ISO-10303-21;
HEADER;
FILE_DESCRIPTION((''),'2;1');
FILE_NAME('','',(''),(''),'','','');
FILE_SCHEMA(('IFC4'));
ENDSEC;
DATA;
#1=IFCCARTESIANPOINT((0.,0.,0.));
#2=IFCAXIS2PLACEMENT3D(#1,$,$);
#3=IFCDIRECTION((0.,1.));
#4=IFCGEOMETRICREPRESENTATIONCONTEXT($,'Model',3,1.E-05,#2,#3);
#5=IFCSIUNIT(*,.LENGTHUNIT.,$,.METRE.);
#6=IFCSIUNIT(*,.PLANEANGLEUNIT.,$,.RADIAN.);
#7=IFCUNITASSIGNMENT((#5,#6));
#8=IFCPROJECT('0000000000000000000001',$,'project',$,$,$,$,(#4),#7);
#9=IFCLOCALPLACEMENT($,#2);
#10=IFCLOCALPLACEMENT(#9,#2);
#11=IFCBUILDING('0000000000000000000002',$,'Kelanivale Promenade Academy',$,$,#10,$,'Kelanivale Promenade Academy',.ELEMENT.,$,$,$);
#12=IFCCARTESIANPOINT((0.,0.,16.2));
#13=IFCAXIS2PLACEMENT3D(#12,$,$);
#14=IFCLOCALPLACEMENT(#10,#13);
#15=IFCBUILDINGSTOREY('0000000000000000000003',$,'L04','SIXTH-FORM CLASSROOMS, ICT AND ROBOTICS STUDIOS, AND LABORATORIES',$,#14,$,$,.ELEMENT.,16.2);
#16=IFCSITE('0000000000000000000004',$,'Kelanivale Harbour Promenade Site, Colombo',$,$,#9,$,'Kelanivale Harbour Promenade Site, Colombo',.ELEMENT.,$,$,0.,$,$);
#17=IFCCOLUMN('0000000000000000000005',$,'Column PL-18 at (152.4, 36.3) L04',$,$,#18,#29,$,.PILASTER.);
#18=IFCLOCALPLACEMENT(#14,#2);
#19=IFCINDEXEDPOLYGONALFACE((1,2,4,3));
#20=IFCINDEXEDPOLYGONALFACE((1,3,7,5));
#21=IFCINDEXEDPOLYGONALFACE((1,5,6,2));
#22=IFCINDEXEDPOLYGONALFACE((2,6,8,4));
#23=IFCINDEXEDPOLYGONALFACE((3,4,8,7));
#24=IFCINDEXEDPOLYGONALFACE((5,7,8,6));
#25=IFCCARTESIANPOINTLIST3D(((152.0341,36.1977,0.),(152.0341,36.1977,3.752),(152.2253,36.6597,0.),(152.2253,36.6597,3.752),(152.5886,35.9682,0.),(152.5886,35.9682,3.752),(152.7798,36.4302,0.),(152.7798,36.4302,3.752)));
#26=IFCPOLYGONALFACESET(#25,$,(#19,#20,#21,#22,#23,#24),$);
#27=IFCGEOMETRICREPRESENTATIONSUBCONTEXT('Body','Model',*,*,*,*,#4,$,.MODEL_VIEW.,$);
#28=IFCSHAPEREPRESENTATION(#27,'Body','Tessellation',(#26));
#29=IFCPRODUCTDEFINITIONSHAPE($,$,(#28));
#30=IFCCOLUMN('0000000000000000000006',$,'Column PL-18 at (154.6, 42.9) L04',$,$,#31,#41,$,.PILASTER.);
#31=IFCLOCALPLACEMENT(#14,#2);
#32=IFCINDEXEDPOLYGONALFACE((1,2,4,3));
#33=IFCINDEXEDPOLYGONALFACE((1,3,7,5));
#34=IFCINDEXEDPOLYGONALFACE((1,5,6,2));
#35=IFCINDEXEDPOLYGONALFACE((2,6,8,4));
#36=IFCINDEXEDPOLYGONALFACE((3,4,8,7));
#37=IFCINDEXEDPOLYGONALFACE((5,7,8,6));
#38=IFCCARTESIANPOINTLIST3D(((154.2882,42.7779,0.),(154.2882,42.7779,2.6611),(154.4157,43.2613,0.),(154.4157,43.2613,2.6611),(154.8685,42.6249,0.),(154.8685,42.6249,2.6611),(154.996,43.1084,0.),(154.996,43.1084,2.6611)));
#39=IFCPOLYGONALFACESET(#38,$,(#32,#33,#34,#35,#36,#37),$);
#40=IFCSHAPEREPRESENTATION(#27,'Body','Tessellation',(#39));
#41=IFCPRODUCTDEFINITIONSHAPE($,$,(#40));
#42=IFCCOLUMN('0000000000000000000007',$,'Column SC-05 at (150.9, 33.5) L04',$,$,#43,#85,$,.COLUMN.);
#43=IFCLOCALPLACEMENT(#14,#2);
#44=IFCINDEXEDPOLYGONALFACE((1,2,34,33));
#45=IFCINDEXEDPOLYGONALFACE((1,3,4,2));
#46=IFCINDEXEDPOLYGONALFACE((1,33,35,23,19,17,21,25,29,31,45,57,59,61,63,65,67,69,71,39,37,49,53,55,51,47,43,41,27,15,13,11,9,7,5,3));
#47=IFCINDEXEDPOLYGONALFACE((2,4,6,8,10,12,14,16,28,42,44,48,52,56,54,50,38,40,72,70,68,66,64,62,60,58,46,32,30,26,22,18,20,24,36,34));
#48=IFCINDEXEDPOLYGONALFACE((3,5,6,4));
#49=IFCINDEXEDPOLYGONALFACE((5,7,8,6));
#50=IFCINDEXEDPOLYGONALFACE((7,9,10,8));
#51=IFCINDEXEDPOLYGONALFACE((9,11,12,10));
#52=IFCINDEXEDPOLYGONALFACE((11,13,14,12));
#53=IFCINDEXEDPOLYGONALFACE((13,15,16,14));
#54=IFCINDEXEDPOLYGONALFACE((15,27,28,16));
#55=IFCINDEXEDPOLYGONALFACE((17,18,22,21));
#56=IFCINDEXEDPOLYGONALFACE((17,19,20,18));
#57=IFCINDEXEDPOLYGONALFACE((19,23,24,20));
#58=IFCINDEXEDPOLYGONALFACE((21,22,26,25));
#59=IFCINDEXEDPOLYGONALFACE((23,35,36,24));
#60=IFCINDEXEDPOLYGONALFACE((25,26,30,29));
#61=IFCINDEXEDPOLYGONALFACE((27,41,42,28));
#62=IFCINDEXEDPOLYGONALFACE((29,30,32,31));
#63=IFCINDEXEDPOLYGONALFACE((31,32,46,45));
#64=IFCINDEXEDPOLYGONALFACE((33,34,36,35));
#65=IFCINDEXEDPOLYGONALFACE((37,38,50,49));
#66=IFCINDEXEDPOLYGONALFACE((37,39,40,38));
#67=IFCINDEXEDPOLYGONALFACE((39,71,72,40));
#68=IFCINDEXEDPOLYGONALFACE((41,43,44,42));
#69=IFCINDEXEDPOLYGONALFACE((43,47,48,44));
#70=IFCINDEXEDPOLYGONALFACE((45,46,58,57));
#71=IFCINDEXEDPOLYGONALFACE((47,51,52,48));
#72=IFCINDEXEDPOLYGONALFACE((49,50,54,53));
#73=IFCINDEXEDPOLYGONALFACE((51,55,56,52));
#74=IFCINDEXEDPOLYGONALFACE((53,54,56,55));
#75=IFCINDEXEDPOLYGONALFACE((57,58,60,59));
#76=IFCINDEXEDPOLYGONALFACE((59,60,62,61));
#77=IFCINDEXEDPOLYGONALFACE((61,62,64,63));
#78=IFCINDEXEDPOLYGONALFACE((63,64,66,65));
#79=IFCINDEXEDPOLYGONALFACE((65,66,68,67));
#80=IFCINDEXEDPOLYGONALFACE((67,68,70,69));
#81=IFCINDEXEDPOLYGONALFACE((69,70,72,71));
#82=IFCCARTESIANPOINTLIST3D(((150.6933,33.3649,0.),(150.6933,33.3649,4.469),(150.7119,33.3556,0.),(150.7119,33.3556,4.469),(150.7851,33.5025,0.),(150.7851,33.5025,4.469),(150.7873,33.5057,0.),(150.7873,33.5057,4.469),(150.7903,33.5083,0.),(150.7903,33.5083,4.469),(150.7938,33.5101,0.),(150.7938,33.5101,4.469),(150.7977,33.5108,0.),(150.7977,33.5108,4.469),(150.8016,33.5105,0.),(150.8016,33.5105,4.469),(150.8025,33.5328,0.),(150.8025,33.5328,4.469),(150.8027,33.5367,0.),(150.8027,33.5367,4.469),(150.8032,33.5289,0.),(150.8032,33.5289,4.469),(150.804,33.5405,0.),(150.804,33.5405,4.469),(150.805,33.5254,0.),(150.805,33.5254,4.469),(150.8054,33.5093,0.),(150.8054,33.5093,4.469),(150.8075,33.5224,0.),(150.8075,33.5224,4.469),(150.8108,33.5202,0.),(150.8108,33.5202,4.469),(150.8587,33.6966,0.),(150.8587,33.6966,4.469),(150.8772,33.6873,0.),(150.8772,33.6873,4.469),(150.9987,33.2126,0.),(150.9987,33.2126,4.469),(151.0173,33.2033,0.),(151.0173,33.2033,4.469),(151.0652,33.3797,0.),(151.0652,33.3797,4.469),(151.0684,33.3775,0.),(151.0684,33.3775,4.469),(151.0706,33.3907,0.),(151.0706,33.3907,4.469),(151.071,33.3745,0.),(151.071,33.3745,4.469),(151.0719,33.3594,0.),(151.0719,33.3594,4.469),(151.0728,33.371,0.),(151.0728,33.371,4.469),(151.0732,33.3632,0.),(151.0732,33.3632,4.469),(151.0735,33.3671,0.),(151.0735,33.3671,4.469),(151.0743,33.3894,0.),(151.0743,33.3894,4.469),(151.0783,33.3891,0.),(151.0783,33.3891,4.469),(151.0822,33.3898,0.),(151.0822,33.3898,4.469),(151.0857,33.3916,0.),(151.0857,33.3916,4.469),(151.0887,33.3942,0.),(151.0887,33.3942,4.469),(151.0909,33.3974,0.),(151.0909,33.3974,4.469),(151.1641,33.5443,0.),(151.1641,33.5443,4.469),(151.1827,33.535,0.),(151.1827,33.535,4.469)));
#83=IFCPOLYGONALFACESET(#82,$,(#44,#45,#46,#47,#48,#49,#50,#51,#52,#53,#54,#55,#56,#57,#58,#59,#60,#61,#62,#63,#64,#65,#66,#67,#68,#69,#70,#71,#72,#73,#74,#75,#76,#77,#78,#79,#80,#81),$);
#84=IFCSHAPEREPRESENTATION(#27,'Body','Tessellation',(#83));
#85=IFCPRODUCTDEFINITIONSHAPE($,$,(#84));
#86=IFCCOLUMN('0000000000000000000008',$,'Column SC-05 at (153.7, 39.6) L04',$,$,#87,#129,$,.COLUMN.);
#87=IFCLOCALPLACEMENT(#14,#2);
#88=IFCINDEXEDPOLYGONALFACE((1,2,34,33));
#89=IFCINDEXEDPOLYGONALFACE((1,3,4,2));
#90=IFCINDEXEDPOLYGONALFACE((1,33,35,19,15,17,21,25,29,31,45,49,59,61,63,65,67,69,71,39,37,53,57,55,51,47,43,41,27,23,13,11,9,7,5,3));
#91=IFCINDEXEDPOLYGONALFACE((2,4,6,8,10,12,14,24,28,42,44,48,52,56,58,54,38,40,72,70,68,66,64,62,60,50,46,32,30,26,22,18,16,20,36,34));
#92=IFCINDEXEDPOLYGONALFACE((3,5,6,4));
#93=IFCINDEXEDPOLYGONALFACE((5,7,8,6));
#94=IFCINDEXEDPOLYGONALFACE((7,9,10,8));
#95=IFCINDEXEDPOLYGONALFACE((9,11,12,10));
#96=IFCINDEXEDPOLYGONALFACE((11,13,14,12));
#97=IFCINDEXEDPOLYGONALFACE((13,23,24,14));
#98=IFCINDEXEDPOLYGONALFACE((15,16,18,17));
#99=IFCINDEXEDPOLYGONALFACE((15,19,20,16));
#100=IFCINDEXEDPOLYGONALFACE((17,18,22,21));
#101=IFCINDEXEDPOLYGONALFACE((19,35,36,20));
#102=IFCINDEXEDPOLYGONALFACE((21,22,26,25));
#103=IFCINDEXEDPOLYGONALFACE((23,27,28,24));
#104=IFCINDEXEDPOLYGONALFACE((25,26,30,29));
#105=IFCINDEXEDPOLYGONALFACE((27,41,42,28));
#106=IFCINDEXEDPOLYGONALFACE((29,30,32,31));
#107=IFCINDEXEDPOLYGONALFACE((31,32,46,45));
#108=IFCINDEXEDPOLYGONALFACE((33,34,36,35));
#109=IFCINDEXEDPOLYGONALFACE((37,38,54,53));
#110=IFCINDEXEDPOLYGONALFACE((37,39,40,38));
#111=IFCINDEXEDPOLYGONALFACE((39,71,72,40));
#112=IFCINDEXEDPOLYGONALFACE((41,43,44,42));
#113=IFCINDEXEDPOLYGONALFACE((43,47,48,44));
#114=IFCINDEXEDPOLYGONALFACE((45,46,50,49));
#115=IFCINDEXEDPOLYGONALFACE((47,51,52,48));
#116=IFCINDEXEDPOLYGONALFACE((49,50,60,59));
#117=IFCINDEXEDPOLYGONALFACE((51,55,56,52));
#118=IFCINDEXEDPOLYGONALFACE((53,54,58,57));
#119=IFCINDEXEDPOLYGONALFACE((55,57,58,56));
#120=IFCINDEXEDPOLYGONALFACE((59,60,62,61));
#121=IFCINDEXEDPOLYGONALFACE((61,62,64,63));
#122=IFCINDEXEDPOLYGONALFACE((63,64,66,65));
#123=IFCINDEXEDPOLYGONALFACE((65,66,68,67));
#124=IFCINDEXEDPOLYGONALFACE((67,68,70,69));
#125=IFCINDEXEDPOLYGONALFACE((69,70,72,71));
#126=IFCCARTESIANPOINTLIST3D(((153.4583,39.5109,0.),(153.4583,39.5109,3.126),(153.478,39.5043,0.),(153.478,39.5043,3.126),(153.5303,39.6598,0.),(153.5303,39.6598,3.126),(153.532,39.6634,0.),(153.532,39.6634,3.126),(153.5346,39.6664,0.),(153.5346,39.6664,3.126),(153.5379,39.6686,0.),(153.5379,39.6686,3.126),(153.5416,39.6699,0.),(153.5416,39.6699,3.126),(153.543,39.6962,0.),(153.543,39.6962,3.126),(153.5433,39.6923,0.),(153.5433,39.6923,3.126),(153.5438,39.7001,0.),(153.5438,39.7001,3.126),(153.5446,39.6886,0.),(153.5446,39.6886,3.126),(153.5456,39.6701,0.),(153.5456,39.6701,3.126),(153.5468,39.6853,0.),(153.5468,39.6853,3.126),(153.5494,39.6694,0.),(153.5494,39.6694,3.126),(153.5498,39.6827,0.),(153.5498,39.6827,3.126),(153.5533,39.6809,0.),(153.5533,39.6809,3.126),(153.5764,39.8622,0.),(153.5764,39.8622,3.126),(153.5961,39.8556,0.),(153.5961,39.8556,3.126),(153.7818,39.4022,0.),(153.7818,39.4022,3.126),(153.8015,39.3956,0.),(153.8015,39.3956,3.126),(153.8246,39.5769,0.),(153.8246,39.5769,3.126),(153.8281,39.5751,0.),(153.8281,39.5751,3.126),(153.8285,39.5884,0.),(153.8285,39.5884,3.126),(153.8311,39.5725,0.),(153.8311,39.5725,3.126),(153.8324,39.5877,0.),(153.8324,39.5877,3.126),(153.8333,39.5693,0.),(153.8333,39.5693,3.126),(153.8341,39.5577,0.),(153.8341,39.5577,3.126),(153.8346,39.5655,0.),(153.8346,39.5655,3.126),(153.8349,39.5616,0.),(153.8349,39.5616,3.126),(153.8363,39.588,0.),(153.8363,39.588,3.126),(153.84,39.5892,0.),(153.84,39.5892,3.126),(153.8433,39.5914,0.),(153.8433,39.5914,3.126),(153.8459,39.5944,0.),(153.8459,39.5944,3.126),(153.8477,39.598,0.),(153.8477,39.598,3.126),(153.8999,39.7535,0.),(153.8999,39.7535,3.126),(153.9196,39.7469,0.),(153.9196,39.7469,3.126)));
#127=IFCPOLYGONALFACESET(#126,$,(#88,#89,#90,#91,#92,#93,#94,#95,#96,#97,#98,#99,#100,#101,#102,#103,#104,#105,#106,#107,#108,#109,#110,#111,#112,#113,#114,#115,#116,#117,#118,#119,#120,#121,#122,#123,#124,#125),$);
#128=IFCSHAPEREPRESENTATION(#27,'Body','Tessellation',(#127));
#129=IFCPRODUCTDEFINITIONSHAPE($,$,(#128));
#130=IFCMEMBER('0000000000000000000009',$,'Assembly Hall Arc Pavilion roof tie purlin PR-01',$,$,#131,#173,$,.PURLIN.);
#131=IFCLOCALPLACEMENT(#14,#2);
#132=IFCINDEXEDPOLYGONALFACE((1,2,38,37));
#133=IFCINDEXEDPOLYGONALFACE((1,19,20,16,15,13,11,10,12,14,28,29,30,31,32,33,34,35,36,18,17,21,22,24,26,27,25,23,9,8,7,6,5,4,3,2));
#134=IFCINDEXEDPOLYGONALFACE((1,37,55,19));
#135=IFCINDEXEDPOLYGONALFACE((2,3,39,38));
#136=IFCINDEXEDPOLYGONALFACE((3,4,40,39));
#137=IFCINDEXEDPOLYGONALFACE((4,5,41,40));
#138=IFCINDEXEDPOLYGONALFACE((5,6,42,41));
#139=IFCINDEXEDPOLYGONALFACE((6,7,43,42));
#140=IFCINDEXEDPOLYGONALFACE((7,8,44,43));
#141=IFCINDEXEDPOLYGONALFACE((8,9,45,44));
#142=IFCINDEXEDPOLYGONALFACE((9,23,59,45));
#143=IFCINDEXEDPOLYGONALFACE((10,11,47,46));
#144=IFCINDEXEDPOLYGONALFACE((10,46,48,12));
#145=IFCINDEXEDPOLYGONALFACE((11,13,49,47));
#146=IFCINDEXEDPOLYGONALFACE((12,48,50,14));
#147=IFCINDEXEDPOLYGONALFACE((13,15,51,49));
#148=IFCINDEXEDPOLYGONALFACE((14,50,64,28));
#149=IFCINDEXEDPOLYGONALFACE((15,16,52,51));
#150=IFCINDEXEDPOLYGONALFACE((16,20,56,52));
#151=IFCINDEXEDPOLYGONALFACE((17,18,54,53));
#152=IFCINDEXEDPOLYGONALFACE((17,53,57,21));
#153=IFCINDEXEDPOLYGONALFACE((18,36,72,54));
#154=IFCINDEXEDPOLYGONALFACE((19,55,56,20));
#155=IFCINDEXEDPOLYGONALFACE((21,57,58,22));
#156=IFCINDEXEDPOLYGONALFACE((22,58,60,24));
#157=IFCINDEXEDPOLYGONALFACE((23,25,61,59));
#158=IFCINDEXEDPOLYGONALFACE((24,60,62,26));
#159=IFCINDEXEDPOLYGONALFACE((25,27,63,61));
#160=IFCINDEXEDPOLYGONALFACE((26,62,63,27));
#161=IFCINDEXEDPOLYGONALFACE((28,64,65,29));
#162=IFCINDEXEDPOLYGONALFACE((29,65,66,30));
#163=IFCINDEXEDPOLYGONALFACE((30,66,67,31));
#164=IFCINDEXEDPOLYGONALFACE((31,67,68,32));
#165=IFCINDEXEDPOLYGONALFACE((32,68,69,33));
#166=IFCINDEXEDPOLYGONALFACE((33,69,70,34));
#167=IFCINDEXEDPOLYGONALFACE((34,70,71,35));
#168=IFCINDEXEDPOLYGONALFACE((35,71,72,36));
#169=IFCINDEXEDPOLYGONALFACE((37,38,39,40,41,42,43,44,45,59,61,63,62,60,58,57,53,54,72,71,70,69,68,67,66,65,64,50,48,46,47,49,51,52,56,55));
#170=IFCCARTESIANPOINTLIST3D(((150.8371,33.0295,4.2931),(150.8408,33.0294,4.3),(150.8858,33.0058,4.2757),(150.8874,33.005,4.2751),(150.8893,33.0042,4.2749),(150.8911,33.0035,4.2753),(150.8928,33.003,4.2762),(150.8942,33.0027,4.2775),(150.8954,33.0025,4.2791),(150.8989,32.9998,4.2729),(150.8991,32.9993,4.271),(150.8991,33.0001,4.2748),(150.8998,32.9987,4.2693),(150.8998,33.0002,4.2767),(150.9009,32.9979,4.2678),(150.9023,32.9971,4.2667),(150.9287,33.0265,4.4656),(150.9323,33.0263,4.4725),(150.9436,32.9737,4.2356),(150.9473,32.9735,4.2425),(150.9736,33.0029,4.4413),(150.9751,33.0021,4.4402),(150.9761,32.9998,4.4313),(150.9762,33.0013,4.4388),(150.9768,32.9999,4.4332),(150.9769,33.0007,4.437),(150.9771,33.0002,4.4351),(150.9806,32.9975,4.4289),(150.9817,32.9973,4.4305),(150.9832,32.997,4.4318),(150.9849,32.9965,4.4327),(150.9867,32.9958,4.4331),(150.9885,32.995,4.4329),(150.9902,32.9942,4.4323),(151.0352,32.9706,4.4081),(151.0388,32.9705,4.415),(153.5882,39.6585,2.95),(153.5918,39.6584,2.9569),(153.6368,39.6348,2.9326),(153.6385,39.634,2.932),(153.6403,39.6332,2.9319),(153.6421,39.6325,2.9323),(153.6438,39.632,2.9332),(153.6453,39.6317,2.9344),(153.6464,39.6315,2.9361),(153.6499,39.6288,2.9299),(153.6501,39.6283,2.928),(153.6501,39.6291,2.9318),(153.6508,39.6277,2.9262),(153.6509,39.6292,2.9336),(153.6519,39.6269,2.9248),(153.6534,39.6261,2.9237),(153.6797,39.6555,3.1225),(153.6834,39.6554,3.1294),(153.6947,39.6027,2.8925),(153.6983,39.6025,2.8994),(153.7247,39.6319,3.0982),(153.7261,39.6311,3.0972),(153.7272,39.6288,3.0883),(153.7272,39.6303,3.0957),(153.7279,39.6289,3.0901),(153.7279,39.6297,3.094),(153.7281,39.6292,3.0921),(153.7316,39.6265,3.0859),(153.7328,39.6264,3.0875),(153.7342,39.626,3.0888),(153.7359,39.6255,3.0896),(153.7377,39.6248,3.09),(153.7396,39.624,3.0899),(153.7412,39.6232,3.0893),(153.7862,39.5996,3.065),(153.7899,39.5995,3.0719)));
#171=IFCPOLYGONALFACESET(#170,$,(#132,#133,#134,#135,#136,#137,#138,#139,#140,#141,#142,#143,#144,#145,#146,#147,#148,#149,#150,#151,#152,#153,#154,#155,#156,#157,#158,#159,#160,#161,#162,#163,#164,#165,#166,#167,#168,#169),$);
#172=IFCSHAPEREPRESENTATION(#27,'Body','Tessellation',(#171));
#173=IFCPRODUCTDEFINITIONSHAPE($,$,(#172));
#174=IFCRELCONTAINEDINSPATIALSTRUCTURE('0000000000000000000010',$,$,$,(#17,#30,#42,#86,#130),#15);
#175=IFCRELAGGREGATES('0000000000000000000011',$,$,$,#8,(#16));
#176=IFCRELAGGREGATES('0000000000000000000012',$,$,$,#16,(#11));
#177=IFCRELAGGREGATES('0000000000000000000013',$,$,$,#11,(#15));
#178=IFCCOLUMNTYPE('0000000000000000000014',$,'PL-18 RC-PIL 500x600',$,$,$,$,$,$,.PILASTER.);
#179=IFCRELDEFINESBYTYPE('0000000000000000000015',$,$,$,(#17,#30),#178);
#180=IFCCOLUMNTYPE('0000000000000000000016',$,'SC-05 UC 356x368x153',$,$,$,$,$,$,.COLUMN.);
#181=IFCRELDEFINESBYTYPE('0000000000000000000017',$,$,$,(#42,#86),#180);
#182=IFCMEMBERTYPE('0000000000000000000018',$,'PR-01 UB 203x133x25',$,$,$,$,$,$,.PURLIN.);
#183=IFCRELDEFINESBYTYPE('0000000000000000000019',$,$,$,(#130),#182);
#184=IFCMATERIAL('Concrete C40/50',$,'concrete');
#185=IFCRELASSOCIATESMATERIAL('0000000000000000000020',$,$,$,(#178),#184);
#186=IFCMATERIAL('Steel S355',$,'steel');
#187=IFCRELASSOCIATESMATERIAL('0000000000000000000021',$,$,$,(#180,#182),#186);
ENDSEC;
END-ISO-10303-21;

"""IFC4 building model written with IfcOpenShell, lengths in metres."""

from ifc_helpers import new_model, si_unit, direction, frame, origin, origin_2d, place, context, subcontext, project, spatial, rectangle, i_section, extrude, material, material_profile, profile_set, type_object, element, save


model = new_model("IFC4")

# Units and contexts
model_context = context("Model", 3, precision=1e-05, world=origin(), true_north=direction((0.0, 1.0)))
body_context = subcontext(model_context, "Body", "Model", "MODEL_VIEW")
ifc_project = project(units=[si_unit("LENGTHUNIT", "METRE"), si_unit("PLANEANGLEUNIT", "RADIAN")], contexts=[model_context])

# Site, building, storey
site_placement = place(None, origin())
site = spatial("IfcSite", under=ifc_project, at=site_placement, Name="Kelanivale Harbour Promenade Site, Colombo", LongName="Kelanivale Harbour Promenade Site, Colombo", CompositionType="ELEMENT", RefElevation=0.0)
building_placement = place(site_placement, origin())
building = spatial("IfcBuilding", under=site, at=building_placement, Name="Kelanivale Promenade Academy", LongName="Kelanivale Promenade Academy", CompositionType="ELEMENT")
storey_placement = place(building_placement, frame((0.0, 0.0, 16.2)))
storey = spatial("IfcBuildingStorey", under=building, at=storey_placement, Name="L04", Description="SIXTH-FORM CLASSROOMS, ICT AND ROBOTICS STUDIOS, AND LABORATORIES", CompositionType="ELEMENT", Elevation=16.2)

# Columns
ifc_material_1 = material(Name="Concrete C40/50", Category="concrete")
ifc_material_profile_1 = material_profile(ifc_material_1, rectangle(XDim=0.5, YDim=0.6001, at=origin_2d()), Name="RC-PIL 500x600")
ifc_profile_set_1 = profile_set([ifc_material_profile_1], Name="Concrete C40/50")
column_type_1 = type_object("IfcColumnType", Name="PL-18 RC-PIL 500x600", PredefinedType="PILASTER", material=ifc_profile_set_1)
column_1_placement = place(storey_placement, frame((152.407, 36.314, 0.0), z_axis=(0.0, 0.0, 1.0), x_axis=(0.382361, 0.924013, 0.0)))
element("IfcColumn", 1, at=column_1_placement, inside=storey, type_object=column_type_1, Name="Column PL-18 at (152.4, 36.3) L04", PredefinedType="PILASTER", context=body_context, shape_type="SweptSolid", body=[
    extrude(rectangle(XDim=0.5, YDim=0.6001, at=origin_2d()), origin(), (0.0, 0.0, 1.0), 3.752),
])
column_2_placement = place(storey_placement, frame((154.6421, 42.9431, 0.0), z_axis=(0.0, 0.0, 1.0), x_axis=(0.254939, 0.966957, 0.0)))
element("IfcColumn", 2, at=column_2_placement, inside=storey, type_object=column_type_1, Name="Column PL-18 at (154.6, 42.9) L04", PredefinedType="PILASTER", context=body_context, shape_type="SweptSolid", body=[
    extrude(rectangle(XDim=0.5, YDim=0.6001, at=origin_2d()), origin(), (0.0, 0.0, 1.0), 2.6611),
])
ifc_material_2 = material(Name="Steel S355", Category="steel")
ifc_material_profile_2 = material_profile(ifc_material_2, i_section(OverallWidth=0.3706, OverallDepth=0.3621, WebThickness=0.0122, FlangeThickness=0.0208, FilletRadius=0.0151, at=origin_2d()), Name="UC 356x368x153")
ifc_profile_set_2 = profile_set([ifc_material_profile_2], Name="Steel S355")
column_type_2 = type_object("IfcColumnType", Name="SC-05 UC 356x368x153", PredefinedType="COLUMN", material=ifc_profile_set_2)
column_3_placement = place(storey_placement, frame((150.938, 33.45, 0.0), z_axis=(0.0, 0.0, 1.0), x_axis=(0.446198, 0.894934, 0.0)))
element("IfcColumn", 3, at=column_3_placement, inside=storey, type_object=column_type_2, Name="Column SC-05 at (150.9, 33.5) L04", PredefinedType="COLUMN", context=body_context, shape_type="SweptSolid", body=[
    extrude(i_section(OverallWidth=0.3706, OverallDepth=0.3621, WebThickness=0.0122, FlangeThickness=0.0208, FilletRadius=0.0151, at=origin_2d()), origin(), (0.0, 0.0, 1.0), 4.469),
])
column_4_placement = place(storey_placement, frame((153.689, 39.6289, 0.0), z_axis=(0.0, 0.0, 1.0), x_axis=(0.318628, 0.94788, 0.0)))
element("IfcColumn", 4, at=column_4_placement, inside=storey, type_object=column_type_2, Name="Column SC-05 at (153.7, 39.6) L04", PredefinedType="COLUMN", context=body_context, shape_type="SweptSolid", body=[
    extrude(i_section(OverallWidth=0.3706, OverallDepth=0.3621, WebThickness=0.0122, FlangeThickness=0.0208, FilletRadius=0.0151, at=origin_2d()), origin(), (0.0, 0.0, 1.0), 3.126),
])

# Member
ifc_material_profile_3 = material_profile(ifc_material_2, i_section(OverallWidth=0.1333, OverallDepth=0.2031, WebThickness=0.0056, FlangeThickness=0.0078, FilletRadius=0.0076, at=origin_2d()), Name="UB 203x133x25")
ifc_profile_set_3 = profile_set([ifc_material_profile_3], Name="Steel S355")
member_type_1 = type_object("IfcMemberType", Name="PR-01 UB 203x133x25", PredefinedType="PURLIN", material=ifc_profile_set_3)
member_1_placement = place(storey_placement, frame((150.938, 33.0, 4.354), z_axis=(0.376761, 0.907865, -0.183934), x_axis=(-0.798996, 0.418973, 0.431354)))
element("IfcMember", 5, at=member_1_placement, inside=storey, type_object=member_type_1, Name="Assembly Hall Arc Pavilion roof tie purlin PR-01", PredefinedType="PURLIN", context=body_context, shape_type="SweptSolid", body=[
    extrude(i_section(OverallWidth=0.1333, OverallDepth=0.2031, WebThickness=0.0056, FlangeThickness=0.0078, FilletRadius=0.0076, at=origin_2d()), origin(), (0.0, 0.0, 1.0), 7.3018),
])

save(model, "model.ifc")
